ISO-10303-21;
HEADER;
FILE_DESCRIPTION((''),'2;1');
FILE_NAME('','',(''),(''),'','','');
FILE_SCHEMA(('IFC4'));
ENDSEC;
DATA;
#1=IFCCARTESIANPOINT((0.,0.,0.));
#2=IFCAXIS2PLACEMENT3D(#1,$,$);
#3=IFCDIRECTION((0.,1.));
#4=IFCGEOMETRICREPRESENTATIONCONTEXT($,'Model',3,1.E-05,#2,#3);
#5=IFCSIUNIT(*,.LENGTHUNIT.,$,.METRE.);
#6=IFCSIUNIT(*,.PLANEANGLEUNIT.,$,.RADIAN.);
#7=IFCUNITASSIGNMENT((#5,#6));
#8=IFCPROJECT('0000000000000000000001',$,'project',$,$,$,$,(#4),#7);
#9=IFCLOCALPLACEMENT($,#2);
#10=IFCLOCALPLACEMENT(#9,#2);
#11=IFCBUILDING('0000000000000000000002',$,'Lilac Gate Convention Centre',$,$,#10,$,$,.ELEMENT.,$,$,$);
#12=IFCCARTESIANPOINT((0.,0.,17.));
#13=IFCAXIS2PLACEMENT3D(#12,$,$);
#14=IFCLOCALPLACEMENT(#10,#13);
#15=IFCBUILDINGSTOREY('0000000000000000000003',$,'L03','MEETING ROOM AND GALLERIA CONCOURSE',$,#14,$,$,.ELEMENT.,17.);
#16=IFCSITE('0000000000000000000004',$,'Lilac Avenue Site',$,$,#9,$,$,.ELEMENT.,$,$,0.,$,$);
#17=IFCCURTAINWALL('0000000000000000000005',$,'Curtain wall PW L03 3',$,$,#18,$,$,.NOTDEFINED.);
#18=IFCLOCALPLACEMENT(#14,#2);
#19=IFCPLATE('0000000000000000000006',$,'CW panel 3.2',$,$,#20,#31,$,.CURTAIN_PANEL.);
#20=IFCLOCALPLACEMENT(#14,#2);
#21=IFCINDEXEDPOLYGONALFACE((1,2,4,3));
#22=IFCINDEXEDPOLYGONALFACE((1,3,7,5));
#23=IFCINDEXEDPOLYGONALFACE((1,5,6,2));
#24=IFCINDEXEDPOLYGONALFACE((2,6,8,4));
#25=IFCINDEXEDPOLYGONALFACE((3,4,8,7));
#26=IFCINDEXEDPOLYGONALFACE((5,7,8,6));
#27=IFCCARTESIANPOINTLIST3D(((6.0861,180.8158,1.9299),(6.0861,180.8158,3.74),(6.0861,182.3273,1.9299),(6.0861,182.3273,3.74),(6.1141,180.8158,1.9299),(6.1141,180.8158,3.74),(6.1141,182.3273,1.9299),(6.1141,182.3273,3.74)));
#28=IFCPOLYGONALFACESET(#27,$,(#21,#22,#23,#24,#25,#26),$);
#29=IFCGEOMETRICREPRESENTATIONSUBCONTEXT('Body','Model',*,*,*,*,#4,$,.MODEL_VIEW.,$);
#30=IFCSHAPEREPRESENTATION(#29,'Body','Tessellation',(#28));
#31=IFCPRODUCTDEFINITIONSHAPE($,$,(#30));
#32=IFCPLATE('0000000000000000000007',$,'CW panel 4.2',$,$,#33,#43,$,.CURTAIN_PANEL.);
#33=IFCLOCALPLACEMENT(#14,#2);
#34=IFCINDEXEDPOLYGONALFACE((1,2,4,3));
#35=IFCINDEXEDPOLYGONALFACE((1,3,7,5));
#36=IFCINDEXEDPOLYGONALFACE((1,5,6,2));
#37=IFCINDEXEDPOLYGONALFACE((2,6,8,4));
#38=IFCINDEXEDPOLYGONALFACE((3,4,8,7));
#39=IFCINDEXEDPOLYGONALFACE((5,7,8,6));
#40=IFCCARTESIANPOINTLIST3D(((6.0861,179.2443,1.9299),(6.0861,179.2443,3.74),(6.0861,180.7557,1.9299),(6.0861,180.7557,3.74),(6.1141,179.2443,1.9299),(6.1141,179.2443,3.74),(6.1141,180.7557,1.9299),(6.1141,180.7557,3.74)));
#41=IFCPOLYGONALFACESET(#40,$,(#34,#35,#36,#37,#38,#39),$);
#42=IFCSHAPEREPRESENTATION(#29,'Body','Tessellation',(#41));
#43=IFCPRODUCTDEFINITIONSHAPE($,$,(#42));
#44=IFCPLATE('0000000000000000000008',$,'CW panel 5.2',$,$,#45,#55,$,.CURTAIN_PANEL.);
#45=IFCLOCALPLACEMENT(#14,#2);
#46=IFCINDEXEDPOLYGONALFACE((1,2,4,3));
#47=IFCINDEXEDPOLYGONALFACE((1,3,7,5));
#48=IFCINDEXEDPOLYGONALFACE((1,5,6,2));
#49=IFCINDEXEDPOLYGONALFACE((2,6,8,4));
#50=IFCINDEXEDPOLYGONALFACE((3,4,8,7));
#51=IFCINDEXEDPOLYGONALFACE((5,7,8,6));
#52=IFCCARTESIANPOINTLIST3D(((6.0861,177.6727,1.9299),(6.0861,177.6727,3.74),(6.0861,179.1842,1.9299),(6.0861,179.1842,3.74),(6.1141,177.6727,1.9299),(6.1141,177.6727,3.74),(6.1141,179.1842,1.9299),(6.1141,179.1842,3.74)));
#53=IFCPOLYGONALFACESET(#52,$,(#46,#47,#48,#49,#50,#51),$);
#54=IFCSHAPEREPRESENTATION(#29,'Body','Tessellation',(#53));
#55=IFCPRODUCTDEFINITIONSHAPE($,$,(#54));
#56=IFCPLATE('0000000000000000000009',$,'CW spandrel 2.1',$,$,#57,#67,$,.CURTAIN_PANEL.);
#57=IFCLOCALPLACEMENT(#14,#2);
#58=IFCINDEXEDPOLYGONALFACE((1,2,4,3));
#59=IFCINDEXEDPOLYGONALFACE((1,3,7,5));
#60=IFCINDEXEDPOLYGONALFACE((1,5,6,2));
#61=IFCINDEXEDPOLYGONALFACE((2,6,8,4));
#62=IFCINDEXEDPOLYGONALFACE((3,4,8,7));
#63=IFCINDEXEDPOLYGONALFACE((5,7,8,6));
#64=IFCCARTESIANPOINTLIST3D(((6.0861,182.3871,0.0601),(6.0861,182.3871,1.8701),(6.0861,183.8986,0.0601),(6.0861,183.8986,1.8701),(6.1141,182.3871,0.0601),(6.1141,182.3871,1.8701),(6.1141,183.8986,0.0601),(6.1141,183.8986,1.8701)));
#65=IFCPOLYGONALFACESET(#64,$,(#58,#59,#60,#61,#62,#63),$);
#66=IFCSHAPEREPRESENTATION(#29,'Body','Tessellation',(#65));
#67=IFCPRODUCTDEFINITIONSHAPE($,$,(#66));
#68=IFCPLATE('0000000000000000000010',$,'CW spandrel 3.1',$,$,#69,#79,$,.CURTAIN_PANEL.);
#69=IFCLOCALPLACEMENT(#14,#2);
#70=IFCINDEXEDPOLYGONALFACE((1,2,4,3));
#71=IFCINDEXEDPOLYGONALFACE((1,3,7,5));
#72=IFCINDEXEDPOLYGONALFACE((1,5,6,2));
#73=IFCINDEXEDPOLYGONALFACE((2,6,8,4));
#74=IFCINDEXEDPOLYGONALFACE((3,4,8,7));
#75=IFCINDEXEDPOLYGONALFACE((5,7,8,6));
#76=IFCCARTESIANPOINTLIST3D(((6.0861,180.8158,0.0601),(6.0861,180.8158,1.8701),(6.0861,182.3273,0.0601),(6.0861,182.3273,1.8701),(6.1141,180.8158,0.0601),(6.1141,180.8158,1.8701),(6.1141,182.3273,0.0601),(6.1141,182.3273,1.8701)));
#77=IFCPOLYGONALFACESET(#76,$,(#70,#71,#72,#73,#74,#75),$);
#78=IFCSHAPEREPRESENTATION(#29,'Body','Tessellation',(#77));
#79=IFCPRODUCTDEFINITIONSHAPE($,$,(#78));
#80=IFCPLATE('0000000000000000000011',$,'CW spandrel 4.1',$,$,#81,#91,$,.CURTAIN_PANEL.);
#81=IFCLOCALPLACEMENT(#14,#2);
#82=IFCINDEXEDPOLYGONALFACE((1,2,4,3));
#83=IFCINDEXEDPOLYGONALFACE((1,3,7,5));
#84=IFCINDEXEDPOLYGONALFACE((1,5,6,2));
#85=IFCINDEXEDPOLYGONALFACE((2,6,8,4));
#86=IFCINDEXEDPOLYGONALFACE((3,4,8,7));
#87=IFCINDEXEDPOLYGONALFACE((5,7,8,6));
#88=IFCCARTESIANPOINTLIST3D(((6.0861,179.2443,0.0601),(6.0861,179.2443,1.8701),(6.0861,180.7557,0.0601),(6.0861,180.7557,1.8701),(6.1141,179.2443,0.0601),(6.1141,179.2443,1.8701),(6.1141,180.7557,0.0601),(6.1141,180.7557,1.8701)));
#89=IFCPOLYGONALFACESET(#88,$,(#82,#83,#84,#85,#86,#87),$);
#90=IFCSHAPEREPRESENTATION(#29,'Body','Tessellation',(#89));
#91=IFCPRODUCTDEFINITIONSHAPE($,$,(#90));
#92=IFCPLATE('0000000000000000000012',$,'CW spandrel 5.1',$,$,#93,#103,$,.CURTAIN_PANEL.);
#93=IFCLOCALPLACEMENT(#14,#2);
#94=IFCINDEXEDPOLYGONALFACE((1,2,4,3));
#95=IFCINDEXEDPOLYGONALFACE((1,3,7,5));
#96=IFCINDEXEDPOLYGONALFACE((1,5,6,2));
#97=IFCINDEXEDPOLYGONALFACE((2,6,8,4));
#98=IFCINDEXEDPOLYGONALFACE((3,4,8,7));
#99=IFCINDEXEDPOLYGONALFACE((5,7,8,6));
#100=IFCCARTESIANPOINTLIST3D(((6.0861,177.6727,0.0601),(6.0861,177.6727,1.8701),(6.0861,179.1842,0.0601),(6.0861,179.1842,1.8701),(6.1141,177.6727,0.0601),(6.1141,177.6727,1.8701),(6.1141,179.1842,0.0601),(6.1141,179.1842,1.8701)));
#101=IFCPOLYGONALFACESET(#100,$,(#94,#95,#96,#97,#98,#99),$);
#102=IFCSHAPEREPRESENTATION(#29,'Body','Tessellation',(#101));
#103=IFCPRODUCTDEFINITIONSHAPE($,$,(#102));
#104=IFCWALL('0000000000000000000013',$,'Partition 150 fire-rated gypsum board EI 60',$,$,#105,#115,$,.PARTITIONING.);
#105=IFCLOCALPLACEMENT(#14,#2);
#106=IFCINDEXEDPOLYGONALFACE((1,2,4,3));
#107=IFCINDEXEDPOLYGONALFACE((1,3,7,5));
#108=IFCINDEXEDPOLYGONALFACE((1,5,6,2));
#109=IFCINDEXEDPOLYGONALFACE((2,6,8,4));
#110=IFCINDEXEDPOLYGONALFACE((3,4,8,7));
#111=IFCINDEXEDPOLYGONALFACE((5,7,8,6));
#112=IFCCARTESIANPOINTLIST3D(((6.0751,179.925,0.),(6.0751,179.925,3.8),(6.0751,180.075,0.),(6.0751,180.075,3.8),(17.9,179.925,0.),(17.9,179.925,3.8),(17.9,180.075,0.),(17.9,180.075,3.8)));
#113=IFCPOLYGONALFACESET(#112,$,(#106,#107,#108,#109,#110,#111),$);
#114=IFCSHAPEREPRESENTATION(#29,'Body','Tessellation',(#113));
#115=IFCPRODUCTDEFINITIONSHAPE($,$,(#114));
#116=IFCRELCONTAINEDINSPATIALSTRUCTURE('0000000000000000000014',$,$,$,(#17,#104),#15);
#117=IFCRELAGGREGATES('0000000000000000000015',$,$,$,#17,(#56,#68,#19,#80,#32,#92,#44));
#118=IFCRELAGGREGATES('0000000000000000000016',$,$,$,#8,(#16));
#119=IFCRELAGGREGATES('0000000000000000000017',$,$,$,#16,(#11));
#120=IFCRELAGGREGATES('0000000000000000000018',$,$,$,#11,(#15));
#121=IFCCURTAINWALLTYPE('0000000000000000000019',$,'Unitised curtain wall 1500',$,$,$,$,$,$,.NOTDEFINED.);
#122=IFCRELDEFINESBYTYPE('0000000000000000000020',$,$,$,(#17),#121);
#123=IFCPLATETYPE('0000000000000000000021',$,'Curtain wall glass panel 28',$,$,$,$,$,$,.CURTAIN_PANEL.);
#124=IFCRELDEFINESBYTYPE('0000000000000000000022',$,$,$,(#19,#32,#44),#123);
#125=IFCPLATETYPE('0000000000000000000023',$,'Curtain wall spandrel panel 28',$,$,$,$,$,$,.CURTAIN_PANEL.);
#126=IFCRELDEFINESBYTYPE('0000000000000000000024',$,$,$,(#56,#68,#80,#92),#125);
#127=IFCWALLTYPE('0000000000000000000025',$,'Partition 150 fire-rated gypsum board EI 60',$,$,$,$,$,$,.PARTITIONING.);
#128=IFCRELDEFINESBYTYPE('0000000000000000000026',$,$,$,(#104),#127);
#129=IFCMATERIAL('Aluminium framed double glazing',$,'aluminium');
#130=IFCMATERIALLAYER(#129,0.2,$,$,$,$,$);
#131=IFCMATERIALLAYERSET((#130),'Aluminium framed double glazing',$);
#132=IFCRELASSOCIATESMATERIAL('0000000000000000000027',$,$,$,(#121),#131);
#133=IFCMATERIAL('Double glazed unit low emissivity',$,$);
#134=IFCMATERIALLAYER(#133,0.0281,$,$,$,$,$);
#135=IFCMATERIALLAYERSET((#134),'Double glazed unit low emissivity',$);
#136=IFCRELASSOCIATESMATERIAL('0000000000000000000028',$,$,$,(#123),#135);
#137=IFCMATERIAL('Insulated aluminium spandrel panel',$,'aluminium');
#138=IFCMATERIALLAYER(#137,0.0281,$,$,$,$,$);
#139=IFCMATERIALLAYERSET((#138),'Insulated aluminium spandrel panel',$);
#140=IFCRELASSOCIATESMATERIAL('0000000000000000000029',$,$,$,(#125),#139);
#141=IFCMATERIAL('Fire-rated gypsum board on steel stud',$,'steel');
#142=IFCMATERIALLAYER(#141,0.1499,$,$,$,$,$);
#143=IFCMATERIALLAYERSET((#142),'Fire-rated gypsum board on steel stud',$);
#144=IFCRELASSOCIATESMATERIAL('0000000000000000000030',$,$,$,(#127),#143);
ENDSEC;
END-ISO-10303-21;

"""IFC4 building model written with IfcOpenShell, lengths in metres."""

from ifc_helpers import new_model, si_unit, direction, frame, frame_2d, origin, origin_2d, place, context, subcontext, project, spatial, rectangle, extrude, material, layer, layer_set, type_object, element, aggregate, save


model = new_model("IFC4")

# Units and contexts
model_context = context("Model", 3, precision=1e-05, world=origin(), true_north=direction((0.0, 1.0)))
body_context = subcontext(model_context, "Body", "Model", "MODEL_VIEW")
ifc_project = project(units=[si_unit("LENGTHUNIT", "METRE"), si_unit("PLANEANGLEUNIT", "RADIAN")], contexts=[model_context])

# Site, building, storey
site_placement = place(None, origin())
site = spatial("IfcSite", under=ifc_project, at=site_placement, Name="Lilac Avenue Site", CompositionType="ELEMENT", RefElevation=0.0)
building_placement = place(site_placement, origin())
building = spatial("IfcBuilding", under=site, at=building_placement, Name="Lilac Gate Convention Centre", CompositionType="ELEMENT")
storey_placement = place(building_placement, frame((0.0, 0.0, 17.0)))
storey = spatial("IfcBuildingStorey", under=building, at=storey_placement, Name="L03", Description="MEETING ROOM AND GALLERIA CONCOURSE", CompositionType="ELEMENT", Elevation=17.0)

# Curtain wall, plates
ifc_material_1 = material(Name="Aluminium framed double glazing", Category="aluminium")
ifc_layer_1 = layer(ifc_material_1, 0.2)
ifc_layer_set_1 = layer_set([ifc_layer_1], Name="Aluminium framed double glazing")
curtain_wall_type = type_object("IfcCurtainWallType", Name="Unitised curtain wall 1500", PredefinedType="NOTDEFINED", material=ifc_layer_set_1)
curtain_wall_placement = place(storey_placement, origin())
curtain_wall = element("IfcCurtainWall", 1, at=curtain_wall_placement, inside=storey, type_object=curtain_wall_type, Name="Curtain wall PW L03 3", PredefinedType="NOTDEFINED")
ifc_material_2 = material(Name="Double glazed unit low emissivity")
ifc_layer_2 = layer(ifc_material_2, 0.0281)
ifc_layer_set_2 = layer_set([ifc_layer_2], Name="Double glazed unit low emissivity")
plate_type_1 = type_object("IfcPlateType", Name="Curtain wall glass panel 28", PredefinedType="CURTAIN_PANEL", material=ifc_layer_set_2)
plate_1_placement = place(storey_placement, frame((6.1001, 181.5715, 1.9299), z_axis=(0.0, 0.0, 1.0), x_axis=(0.0, -1.0, 0.0)))
plate_1 = element("IfcPlate", 2, at=plate_1_placement, type_object=plate_type_1, Name="CW panel 3.2", PredefinedType="CURTAIN_PANEL", context=body_context, shape_type="SweptSolid", body=[
    extrude(rectangle(XDim=1.5115, YDim=0.0281, at=origin_2d()), origin(), (0.0, 0.0, 1.0), 1.8101),
])
plate_2_placement = place(storey_placement, frame((6.1001, 180.0, 1.9299), z_axis=(0.0, 0.0, 1.0), x_axis=(0.0, -1.0, 0.0)))
plate_2 = element("IfcPlate", 3, at=plate_2_placement, type_object=plate_type_1, Name="CW panel 4.2", PredefinedType="CURTAIN_PANEL", context=body_context, shape_type="SweptSolid", body=[
    extrude(rectangle(XDim=1.5115, YDim=0.0281, at=origin_2d()), origin(), (0.0, 0.0, 1.0), 1.8101),
])
plate_3_placement = place(storey_placement, frame((6.1001, 178.4285, 1.9299), z_axis=(0.0, 0.0, 1.0), x_axis=(0.0, -1.0, 0.0)))
plate_3 = element("IfcPlate", 4, at=plate_3_placement, type_object=plate_type_1, Name="CW panel 5.2", PredefinedType="CURTAIN_PANEL", context=body_context, shape_type="SweptSolid", body=[
    extrude(rectangle(XDim=1.5115, YDim=0.0281, at=origin_2d()), origin(), (0.0, 0.0, 1.0), 1.8101),
])
ifc_material_3 = material(Name="Insulated aluminium spandrel panel", Category="aluminium")
ifc_layer_3 = layer(ifc_material_3, 0.0281)
ifc_layer_set_3 = layer_set([ifc_layer_3], Name="Insulated aluminium spandrel panel")
plate_type_2 = type_object("IfcPlateType", Name="Curtain wall spandrel panel 28", PredefinedType="CURTAIN_PANEL", material=ifc_layer_set_3)
plate_4_placement = place(storey_placement, frame((6.1001, 183.1428, 0.0601), z_axis=(0.0, 0.0, 1.0), x_axis=(0.0, -1.0, 0.0)))
plate_4 = element("IfcPlate", 5, at=plate_4_placement, type_object=plate_type_2, Name="CW spandrel 2.1", PredefinedType="CURTAIN_PANEL", context=body_context, shape_type="SweptSolid", body=[
    extrude(rectangle(XDim=1.5115, YDim=0.0281, at=origin_2d()), origin(), (0.0, 0.0, 1.0), 1.8101),
])
plate_5_placement = place(storey_placement, frame((6.1001, 181.5715, 0.0601), z_axis=(0.0, 0.0, 1.0), x_axis=(0.0, -1.0, 0.0)))
plate_5 = element("IfcPlate", 6, at=plate_5_placement, type_object=plate_type_2, Name="CW spandrel 3.1", PredefinedType="CURTAIN_PANEL", context=body_context, shape_type="SweptSolid", body=[
    extrude(rectangle(XDim=1.5115, YDim=0.0281, at=origin_2d()), origin(), (0.0, 0.0, 1.0), 1.8101),
])
plate_6_placement = place(storey_placement, frame((6.1001, 180.0, 0.0601), z_axis=(0.0, 0.0, 1.0), x_axis=(0.0, -1.0, 0.0)))
plate_6 = element("IfcPlate", 7, at=plate_6_placement, type_object=plate_type_2, Name="CW spandrel 4.1", PredefinedType="CURTAIN_PANEL", context=body_context, shape_type="SweptSolid", body=[
    extrude(rectangle(XDim=1.5115, YDim=0.0281, at=origin_2d()), origin(), (0.0, 0.0, 1.0), 1.8101),
])
plate_7_placement = place(storey_placement, frame((6.1001, 178.4285, 0.0601), z_axis=(0.0, 0.0, 1.0), x_axis=(0.0, -1.0, 0.0)))
plate_7 = element("IfcPlate", 8, at=plate_7_placement, type_object=plate_type_2, Name="CW spandrel 5.1", PredefinedType="CURTAIN_PANEL", context=body_context, shape_type="SweptSolid", body=[
    extrude(rectangle(XDim=1.5115, YDim=0.0281, at=origin_2d()), origin(), (0.0, 0.0, 1.0), 1.8101),
])
aggregate(curtain_wall, [plate_4, plate_5, plate_1, plate_6, plate_2, plate_7, plate_3])

# Wall
ifc_material_4 = material(Name="Fire-rated gypsum board on steel stud", Category="steel")
ifc_layer_4 = layer(ifc_material_4, 0.1499)
ifc_layer_set_4 = layer_set([ifc_layer_4], Name="Fire-rated gypsum board on steel stud")
wall_type = type_object("IfcWallType", Name="Partition 150 fire-rated gypsum board EI 60", PredefinedType="PARTITIONING", material=ifc_layer_set_4)
wall_placement = place(storey_placement, frame((6.075, 180.0, 0.0), z_axis=(0.0, 0.0, 1.0), x_axis=(1.0, 0.0, 0.0)))
element("IfcWall", 9, at=wall_placement, inside=storey, type_object=wall_type, Name="Partition 150 fire-rated gypsum board EI 60", PredefinedType="PARTITIONING", context=body_context, shape_type="SweptSolid", body=[
    extrude(rectangle(XDim=11.825, YDim=0.1499, at=frame_2d((5.9126, 0.0))), origin(), (0.0, 0.0, 1.0), 3.8),
])

save(model, "model.ifc")
